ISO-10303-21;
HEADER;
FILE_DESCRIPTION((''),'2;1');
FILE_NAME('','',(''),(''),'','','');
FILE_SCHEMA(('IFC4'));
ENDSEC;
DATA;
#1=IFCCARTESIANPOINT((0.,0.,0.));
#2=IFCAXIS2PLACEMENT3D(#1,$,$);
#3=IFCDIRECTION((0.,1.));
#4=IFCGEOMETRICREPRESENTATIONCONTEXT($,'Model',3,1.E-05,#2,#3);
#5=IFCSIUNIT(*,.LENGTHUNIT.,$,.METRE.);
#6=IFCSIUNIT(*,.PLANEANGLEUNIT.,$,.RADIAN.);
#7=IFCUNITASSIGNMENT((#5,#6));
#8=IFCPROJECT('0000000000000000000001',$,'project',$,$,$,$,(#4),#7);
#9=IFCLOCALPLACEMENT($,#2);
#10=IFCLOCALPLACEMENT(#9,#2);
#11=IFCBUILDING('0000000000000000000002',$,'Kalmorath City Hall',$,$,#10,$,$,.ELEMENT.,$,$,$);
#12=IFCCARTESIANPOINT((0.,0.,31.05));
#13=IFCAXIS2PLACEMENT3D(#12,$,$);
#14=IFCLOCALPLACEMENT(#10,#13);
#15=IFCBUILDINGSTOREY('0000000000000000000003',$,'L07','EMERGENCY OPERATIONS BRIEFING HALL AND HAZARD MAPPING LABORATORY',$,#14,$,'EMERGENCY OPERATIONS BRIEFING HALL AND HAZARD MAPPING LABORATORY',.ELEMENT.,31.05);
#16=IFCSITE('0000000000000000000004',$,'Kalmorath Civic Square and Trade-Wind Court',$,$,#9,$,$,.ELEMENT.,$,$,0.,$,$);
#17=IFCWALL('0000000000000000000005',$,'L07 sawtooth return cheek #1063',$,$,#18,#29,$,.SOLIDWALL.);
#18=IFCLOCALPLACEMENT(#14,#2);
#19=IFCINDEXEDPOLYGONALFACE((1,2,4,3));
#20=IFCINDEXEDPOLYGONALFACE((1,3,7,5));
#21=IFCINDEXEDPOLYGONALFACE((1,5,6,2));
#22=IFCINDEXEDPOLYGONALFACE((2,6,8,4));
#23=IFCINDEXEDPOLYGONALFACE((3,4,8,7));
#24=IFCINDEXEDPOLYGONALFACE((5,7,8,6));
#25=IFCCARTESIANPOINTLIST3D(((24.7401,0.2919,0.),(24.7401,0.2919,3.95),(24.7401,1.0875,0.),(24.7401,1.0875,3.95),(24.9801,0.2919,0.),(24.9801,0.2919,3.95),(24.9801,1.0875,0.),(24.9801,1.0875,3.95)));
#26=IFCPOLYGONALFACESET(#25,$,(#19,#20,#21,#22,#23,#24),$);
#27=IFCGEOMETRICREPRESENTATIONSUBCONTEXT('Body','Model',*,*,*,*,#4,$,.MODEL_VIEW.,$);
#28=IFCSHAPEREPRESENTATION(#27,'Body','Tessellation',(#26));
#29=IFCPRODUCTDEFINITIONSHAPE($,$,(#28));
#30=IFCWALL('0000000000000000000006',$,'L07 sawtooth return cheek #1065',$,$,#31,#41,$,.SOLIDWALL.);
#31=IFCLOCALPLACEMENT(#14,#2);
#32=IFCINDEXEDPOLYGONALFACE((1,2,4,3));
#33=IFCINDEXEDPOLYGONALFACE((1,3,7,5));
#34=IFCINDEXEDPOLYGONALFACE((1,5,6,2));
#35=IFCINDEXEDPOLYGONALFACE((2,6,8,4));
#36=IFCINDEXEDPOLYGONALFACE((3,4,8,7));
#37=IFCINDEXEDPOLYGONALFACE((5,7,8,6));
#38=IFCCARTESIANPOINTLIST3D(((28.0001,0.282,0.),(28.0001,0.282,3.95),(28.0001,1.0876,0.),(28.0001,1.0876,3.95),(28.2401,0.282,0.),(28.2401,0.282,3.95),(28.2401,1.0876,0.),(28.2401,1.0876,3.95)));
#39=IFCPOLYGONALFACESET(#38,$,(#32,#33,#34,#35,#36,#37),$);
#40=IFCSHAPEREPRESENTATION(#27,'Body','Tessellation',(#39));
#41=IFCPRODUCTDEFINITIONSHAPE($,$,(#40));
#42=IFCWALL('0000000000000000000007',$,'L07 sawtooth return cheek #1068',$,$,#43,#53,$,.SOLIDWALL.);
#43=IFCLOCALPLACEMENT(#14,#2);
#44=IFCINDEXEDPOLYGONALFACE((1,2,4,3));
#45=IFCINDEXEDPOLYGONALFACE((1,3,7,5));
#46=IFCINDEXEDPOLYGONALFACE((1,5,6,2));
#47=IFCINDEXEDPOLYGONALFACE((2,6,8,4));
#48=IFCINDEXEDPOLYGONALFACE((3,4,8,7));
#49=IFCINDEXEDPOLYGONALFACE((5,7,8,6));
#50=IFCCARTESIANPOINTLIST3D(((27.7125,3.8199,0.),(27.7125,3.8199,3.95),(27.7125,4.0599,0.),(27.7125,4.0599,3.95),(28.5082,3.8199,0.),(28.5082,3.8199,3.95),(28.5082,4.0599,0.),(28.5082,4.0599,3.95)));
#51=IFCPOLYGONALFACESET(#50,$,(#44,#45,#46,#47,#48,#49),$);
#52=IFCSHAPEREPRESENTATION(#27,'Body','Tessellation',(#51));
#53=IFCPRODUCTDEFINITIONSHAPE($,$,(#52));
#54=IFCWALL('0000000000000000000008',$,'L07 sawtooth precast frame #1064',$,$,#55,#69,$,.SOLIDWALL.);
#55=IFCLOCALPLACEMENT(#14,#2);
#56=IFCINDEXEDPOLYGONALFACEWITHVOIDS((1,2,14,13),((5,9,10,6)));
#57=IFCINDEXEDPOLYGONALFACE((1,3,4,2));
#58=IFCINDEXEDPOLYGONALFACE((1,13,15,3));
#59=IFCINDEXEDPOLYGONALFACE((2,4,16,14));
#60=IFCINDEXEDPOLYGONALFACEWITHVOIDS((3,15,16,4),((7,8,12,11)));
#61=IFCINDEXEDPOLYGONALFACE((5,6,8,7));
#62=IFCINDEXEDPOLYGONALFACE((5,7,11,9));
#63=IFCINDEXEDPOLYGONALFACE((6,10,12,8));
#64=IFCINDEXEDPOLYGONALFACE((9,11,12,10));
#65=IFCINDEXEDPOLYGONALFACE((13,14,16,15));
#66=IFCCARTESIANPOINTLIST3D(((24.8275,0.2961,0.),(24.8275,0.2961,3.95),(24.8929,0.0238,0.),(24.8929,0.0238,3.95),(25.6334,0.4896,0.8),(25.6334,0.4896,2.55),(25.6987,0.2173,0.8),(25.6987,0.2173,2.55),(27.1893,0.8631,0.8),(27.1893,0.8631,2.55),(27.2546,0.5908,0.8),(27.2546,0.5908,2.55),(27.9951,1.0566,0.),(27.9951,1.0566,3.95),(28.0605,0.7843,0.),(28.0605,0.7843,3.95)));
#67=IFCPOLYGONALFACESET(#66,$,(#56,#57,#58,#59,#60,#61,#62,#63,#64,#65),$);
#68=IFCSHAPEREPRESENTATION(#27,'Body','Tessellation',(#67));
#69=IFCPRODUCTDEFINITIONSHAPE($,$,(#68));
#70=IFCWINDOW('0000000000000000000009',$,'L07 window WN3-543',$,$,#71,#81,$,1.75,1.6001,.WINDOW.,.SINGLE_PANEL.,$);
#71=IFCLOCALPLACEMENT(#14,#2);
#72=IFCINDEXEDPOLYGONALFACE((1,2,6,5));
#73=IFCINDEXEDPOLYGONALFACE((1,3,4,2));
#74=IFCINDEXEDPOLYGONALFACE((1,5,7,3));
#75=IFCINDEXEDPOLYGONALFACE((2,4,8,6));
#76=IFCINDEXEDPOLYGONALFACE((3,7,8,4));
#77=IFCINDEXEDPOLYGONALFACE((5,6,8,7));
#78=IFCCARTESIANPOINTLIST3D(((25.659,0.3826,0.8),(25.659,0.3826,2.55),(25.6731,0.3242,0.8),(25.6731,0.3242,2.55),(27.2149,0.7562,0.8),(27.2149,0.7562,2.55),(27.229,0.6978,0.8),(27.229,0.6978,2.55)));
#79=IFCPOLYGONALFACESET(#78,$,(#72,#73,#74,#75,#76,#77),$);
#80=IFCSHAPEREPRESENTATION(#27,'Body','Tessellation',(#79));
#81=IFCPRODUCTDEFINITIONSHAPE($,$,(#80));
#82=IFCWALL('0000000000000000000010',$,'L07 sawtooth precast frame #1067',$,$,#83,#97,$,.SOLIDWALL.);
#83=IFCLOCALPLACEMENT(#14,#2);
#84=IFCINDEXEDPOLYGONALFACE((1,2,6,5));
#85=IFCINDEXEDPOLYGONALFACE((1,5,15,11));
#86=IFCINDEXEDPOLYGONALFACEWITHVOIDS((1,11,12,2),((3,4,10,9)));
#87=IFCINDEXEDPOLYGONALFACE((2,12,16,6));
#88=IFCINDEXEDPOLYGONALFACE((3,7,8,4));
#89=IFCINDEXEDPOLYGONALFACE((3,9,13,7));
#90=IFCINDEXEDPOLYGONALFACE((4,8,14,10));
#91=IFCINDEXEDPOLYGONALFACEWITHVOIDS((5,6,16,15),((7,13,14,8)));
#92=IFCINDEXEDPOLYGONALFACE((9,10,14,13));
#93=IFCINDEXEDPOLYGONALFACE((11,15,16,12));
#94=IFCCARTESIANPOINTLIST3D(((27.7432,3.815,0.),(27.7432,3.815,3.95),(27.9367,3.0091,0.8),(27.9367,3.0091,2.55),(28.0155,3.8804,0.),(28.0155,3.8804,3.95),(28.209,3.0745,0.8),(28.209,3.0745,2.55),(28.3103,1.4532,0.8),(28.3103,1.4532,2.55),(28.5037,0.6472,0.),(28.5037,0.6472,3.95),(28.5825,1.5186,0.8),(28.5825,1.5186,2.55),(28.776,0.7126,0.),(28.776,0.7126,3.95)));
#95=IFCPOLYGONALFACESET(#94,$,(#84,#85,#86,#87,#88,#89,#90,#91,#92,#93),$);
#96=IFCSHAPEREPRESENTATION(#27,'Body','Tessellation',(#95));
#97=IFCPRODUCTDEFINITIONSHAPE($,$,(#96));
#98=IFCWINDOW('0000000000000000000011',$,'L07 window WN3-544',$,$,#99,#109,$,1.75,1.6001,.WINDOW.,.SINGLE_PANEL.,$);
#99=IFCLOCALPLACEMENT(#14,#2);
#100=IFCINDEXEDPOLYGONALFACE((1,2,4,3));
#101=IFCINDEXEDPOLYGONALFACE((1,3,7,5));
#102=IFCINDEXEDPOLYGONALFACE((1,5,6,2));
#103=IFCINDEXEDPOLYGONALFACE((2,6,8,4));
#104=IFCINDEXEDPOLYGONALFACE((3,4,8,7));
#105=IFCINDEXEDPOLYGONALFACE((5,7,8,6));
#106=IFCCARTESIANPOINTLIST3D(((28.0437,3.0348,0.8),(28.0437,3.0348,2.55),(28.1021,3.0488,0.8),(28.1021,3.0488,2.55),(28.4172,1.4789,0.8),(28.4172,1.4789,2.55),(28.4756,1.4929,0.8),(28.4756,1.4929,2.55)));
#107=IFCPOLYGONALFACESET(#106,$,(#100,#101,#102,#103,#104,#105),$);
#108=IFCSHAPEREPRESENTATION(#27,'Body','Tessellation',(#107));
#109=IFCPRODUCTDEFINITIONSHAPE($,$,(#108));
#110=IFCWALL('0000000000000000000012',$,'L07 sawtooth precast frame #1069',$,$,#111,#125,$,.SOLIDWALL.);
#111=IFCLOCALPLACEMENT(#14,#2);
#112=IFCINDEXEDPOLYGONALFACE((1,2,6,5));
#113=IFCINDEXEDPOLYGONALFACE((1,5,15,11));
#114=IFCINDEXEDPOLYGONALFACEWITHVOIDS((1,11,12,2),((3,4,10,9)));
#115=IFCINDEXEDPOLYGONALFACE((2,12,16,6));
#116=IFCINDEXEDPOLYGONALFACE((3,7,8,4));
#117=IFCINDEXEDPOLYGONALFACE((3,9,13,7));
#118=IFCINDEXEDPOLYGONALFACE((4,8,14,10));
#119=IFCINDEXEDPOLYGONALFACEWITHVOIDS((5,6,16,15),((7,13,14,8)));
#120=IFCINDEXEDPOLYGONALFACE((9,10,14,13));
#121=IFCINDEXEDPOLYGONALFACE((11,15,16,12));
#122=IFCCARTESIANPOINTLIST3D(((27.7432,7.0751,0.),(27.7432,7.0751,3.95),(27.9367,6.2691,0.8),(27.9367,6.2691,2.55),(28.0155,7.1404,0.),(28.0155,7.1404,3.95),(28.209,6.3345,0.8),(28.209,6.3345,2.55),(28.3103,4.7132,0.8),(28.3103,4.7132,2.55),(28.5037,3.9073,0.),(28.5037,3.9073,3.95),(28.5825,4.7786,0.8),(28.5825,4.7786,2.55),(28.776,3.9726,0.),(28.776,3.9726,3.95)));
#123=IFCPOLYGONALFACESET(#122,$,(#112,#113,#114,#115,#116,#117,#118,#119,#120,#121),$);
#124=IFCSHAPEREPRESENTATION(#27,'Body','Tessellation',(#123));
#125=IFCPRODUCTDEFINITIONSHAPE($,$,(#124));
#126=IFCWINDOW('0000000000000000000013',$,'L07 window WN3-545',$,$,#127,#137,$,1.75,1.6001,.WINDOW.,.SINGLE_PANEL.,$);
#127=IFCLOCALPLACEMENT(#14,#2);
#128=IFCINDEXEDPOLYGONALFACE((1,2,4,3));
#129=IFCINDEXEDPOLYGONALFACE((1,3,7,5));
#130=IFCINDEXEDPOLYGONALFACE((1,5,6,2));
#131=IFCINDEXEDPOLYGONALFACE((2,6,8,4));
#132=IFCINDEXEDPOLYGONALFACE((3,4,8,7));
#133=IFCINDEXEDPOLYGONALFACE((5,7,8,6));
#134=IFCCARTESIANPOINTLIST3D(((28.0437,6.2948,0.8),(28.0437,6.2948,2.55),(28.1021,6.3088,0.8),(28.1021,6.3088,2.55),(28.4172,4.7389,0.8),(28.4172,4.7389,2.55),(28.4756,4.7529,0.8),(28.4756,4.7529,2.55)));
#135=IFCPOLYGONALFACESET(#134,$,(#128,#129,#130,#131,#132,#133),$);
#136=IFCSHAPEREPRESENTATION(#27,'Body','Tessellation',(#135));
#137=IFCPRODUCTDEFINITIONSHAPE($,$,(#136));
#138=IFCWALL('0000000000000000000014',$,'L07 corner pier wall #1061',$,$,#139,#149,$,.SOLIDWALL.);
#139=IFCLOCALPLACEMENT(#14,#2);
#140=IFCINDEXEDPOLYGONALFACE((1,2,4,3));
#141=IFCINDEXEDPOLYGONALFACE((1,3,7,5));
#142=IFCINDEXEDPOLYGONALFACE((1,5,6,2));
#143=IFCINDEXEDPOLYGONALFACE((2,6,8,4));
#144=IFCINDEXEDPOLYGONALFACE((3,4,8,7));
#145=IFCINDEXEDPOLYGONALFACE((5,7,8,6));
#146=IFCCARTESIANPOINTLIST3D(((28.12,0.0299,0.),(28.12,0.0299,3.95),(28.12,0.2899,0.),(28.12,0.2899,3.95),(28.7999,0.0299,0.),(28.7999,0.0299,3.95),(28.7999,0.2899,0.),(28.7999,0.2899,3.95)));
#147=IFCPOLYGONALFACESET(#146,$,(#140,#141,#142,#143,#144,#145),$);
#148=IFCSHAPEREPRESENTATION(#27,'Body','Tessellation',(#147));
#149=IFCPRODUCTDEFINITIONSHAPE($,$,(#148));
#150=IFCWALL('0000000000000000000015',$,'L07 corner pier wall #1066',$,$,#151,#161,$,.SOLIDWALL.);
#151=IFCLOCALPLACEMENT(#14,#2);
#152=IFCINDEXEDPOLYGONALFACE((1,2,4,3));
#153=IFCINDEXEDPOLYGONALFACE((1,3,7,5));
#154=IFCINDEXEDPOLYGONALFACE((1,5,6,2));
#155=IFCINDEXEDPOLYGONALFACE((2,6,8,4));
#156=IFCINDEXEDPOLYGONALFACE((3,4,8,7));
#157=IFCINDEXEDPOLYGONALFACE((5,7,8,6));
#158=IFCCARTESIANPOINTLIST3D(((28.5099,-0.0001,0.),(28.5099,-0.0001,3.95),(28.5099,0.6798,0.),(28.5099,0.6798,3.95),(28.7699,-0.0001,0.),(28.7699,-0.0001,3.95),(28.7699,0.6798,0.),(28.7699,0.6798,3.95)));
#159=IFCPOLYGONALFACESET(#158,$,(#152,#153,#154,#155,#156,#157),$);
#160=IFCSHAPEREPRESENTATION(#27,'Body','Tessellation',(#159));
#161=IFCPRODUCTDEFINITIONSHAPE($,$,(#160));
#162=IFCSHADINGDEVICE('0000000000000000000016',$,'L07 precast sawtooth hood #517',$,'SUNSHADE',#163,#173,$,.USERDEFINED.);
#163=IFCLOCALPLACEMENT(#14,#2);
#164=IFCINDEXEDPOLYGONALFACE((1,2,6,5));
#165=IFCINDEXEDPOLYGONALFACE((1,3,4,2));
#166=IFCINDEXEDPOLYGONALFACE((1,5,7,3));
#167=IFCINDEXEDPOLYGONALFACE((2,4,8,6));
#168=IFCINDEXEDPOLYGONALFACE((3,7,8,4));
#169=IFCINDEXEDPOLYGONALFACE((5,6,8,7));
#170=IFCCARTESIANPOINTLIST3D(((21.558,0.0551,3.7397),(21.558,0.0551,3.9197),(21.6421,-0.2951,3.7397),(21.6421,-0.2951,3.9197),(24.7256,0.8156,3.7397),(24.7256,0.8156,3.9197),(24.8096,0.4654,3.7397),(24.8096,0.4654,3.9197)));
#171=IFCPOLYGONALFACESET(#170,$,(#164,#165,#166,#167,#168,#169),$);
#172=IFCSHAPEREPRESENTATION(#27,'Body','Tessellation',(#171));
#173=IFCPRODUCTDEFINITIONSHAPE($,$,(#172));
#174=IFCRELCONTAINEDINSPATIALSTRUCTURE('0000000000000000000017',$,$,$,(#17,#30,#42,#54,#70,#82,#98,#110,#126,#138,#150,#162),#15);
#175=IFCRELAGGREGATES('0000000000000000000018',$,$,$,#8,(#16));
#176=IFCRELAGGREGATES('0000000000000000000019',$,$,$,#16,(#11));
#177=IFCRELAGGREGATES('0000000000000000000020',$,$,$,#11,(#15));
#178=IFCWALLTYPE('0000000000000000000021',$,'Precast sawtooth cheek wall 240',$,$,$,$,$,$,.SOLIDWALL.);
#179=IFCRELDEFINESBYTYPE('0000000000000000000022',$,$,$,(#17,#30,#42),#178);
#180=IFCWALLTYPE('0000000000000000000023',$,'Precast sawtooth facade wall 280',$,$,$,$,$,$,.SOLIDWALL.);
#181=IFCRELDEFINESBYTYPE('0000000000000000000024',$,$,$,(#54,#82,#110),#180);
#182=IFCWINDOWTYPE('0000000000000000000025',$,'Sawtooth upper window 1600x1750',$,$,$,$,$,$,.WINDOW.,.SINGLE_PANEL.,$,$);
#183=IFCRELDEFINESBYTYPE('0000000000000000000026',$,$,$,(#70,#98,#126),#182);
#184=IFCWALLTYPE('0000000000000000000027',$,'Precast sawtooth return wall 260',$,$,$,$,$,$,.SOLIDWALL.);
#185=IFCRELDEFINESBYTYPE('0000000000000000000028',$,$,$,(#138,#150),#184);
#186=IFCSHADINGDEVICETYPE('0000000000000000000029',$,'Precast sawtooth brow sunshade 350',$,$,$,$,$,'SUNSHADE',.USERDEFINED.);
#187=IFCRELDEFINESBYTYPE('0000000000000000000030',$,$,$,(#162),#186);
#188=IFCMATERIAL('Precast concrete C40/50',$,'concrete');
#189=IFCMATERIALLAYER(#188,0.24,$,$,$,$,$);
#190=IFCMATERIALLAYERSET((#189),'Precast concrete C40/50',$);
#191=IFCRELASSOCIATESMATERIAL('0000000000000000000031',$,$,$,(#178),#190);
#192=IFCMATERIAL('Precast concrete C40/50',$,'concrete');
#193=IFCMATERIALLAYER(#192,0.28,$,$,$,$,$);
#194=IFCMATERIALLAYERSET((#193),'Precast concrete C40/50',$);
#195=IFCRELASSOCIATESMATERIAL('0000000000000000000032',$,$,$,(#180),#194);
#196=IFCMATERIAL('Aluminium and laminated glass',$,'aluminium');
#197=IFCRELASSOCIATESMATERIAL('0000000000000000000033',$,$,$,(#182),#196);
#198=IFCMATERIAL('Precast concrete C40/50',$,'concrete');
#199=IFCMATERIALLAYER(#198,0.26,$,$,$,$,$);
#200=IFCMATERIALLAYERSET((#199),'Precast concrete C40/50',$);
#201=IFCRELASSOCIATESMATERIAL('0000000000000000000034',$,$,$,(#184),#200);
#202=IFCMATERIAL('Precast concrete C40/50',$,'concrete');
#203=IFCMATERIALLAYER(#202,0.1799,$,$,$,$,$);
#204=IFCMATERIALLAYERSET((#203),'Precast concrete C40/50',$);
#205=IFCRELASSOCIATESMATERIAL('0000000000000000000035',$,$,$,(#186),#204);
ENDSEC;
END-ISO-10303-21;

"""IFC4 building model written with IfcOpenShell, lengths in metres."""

from ifc_helpers import new_model, si_unit, direction, frame, frame_2d, origin, origin_2d, place, context, subcontext, project, spatial, rectangle, extrude, material, layer, layer_set, type_object, element, fill, save


model = new_model("IFC4")

# Units and contexts
model_context = context("Model", 3, precision=1e-05, world=origin(), true_north=direction((0.0, 1.0)))
body_context = subcontext(model_context, "Body", "Model", "MODEL_VIEW")
ifc_project = project(units=[si_unit("LENGTHUNIT", "METRE"), si_unit("PLANEANGLEUNIT", "RADIAN")], contexts=[model_context])

# Site, building, storey
site_placement = place(None, origin())
site = spatial("IfcSite", under=ifc_project, at=site_placement, Name="Kalmorath Civic Square and Trade-Wind Court", CompositionType="ELEMENT", RefElevation=0.0)
building_placement = place(site_placement, origin())
building = spatial("IfcBuilding", under=site, at=building_placement, Name="Kalmorath City Hall", CompositionType="ELEMENT")
storey_placement = place(building_placement, frame((0.0, 0.0, 31.05)))
storey = spatial("IfcBuildingStorey", under=building, at=storey_placement, Name="L07", Description="EMERGENCY OPERATIONS BRIEFING HALL AND HAZARD MAPPING LABORATORY", LongName="EMERGENCY OPERATIONS BRIEFING HALL AND HAZARD MAPPING LABORATORY", CompositionType="ELEMENT", Elevation=31.05)

# Walls
ifc_material_1 = material(Name="Precast concrete C40/50", Category="concrete")
ifc_layer_1 = layer(ifc_material_1, 0.24)
ifc_layer_set_1 = layer_set([ifc_layer_1], Name="Precast concrete C40/50")
wall_type_1 = type_object("IfcWallType", Name="Precast sawtooth cheek wall 240", PredefinedType="SOLIDWALL", material=ifc_layer_set_1)
wall_1_placement = place(storey_placement, frame((24.8601, 1.0876, 0.0), z_axis=(0.0, 0.0, 1.0), x_axis=(0.0, -1.0, 0.0)))
element("IfcWall", 1, at=wall_1_placement, inside=storey, type_object=wall_type_1, Name="L07 sawtooth return cheek #1063", PredefinedType="SOLIDWALL", context=body_context, shape_type="SweptSolid", body=[
    extrude(rectangle(XDim=0.7957, YDim=0.24, at=frame_2d((0.3979, 0.0))), origin(), (0.0, 0.0, 1.0), 3.95),
])
wall_2_placement = place(storey_placement, frame((28.1201, 1.0876, 0.0), z_axis=(0.0, 0.0, 1.0), x_axis=(0.0, -1.0, 0.0)))
element("IfcWall", 2, at=wall_2_placement, inside=storey, type_object=wall_type_1, Name="L07 sawtooth return cheek #1065", PredefinedType="SOLIDWALL", context=body_context, shape_type="SweptSolid", body=[
    extrude(rectangle(XDim=0.8057, YDim=0.24, at=frame_2d((0.4028, 0.0))), origin(), (0.0, 0.0, 1.0), 3.95),
])
wall_3_placement = place(storey_placement, frame((27.7124, 3.9399, 0.0), z_axis=(0.0, 0.0, 1.0), x_axis=(1.0, 0.0, 0.0)))
element("IfcWall", 3, at=wall_3_placement, inside=storey, type_object=wall_type_1, Name="L07 sawtooth return cheek #1068", PredefinedType="SOLIDWALL", context=body_context, shape_type="SweptSolid", body=[
    extrude(rectangle(XDim=0.7957, YDim=0.24, at=frame_2d((0.3979, 0.0))), origin(), (0.0, 0.0, 1.0), 3.95),
])

# Walls, openings, windows
ifc_material_2 = material(Name="Precast concrete C40/50", Category="concrete")
ifc_layer_2 = layer(ifc_material_2, 0.28)
ifc_layer_set_2 = layer_set([ifc_layer_2], Name="Precast concrete C40/50")
wall_type_2 = type_object("IfcWallType", Name="Precast sawtooth facade wall 280", PredefinedType="SOLIDWALL", material=ifc_layer_set_2)
wall_4_placement = place(storey_placement, frame((24.8601, 0.1599, 0.0), z_axis=(0.0, 0.0, 1.0), x_axis=(0.972366, 0.233461, 0.0)))
wall_4 = element("IfcWall", 4, at=wall_4_placement, inside=storey, type_object=wall_type_2, Name="L07 sawtooth precast frame #1064", PredefinedType="SOLIDWALL", context=body_context, shape_type="SweptSolid", body=[
    extrude(rectangle(XDim=3.2576, YDim=0.28, at=frame_2d((1.6289, 0.0))), origin(), (0.0, 0.0, 1.0), 3.95),
])
opening_1_placement = place(wall_4_placement, frame((0.8289, 0.0, 0.8)))
opening_1 = element("IfcOpeningElement", 5, at=opening_1_placement, cuts=wall_4, PredefinedType="OPENING", context=body_context, shape_type="SweptSolid", body=[
    extrude(rectangle(XDim=1.6001, YDim=1.75, at=frame_2d((0.8, 0.875))), frame((0.0, 0.1499, 0.0), z_axis=(0.0, -1.0, 0.0), x_axis=(1.0, 0.0, 0.0)), (0.0, 0.0, 1.0), 0.3),
])
ifc_material_3 = material(Name="Aluminium and laminated glass", Category="aluminium")
window_type = type_object("IfcWindowType", Name="Sawtooth upper window 1600x1750", PartitioningType="SINGLE_PANEL", PredefinedType="WINDOW", material=ifc_material_3)
window_1_placement = place(opening_1_placement, origin())
window_1 = element("IfcWindow", 6, at=window_1_placement, inside=storey, type_object=window_type, Name="L07 window WN3-543", OverallHeight=1.75, OverallWidth=1.6001, PartitioningType="SINGLE_PANEL", PredefinedType="WINDOW", context=body_context, shape_type="SweptSolid", body=[
    extrude(rectangle(XDim=1.6001, YDim=1.75, at=frame_2d((0.8, 0.875))), frame((0.0, 0.03, 0.0), z_axis=(0.0, -1.0, 0.0), x_axis=(1.0, 0.0, 0.0)), (0.0, 0.0, 1.0), 0.0601),
])
fill(opening_1, window_1)
wall_5_placement = place(storey_placement, frame((28.6399, 0.6799, 0.0), z_axis=(0.0, 0.0, 1.0), x_axis=(-0.233444, 0.97237, 0.0)))
wall_5 = element("IfcWall", 7, at=wall_5_placement, inside=storey, type_object=wall_type_2, Name="L07 sawtooth precast frame #1067", PredefinedType="SOLIDWALL", context=body_context, shape_type="SweptSolid", body=[
    extrude(rectangle(XDim=3.2578, YDim=0.28, at=frame_2d((1.6289, 0.0))), origin(), (0.0, 0.0, 1.0), 3.95),
])
opening_2_placement = place(wall_5_placement, frame((0.8289, 0.0, 0.8)))
opening_2 = element("IfcOpeningElement", 8, at=opening_2_placement, cuts=wall_5, PredefinedType="OPENING", context=body_context, shape_type="SweptSolid", body=[
    extrude(rectangle(XDim=1.6001, YDim=1.75, at=frame_2d((0.8, 0.875))), frame((0.0, 0.1499, 0.0), z_axis=(0.0, -1.0, 0.0), x_axis=(1.0, 0.0, 0.0)), (0.0, 0.0, 1.0), 0.3),
])
window_2_placement = place(opening_2_placement, origin())
window_2 = element("IfcWindow", 9, at=window_2_placement, inside=storey, type_object=window_type, Name="L07 window WN3-544", OverallHeight=1.75, OverallWidth=1.6001, PartitioningType="SINGLE_PANEL", PredefinedType="WINDOW", context=body_context, shape_type="SweptSolid", body=[
    extrude(rectangle(XDim=1.6001, YDim=1.75, at=frame_2d((0.8, 0.875))), frame((0.0, 0.03, 0.0), z_axis=(0.0, -1.0, 0.0), x_axis=(1.0, 0.0, 0.0)), (0.0, 0.0, 1.0), 0.0601),
])
fill(opening_2, window_2)
wall_6_placement = place(storey_placement, frame((28.6399, 3.9399, 0.0), z_axis=(0.0, 0.0, 1.0), x_axis=(-0.233444, 0.97237, 0.0)))
wall_6 = element("IfcWall", 10, at=wall_6_placement, inside=storey, type_object=wall_type_2, Name="L07 sawtooth precast frame #1069", PredefinedType="SOLIDWALL", context=body_context, shape_type="SweptSolid", body=[
    extrude(rectangle(XDim=3.2578, YDim=0.28, at=frame_2d((1.6289, 0.0))), origin(), (0.0, 0.0, 1.0), 3.95),
])
opening_3_placement = place(wall_6_placement, frame((0.8289, 0.0, 0.8)))
opening_3 = element("IfcOpeningElement", 11, at=opening_3_placement, cuts=wall_6, PredefinedType="OPENING", context=body_context, shape_type="SweptSolid", body=[
    extrude(rectangle(XDim=1.6001, YDim=1.75, at=frame_2d((0.8, 0.875))), frame((0.0, 0.1499, 0.0), z_axis=(0.0, -1.0, 0.0), x_axis=(1.0, 0.0, 0.0)), (0.0, 0.0, 1.0), 0.3),
])
window_3_placement = place(opening_3_placement, origin())
window_3 = element("IfcWindow", 12, at=window_3_placement, inside=storey, type_object=window_type, Name="L07 window WN3-545", OverallHeight=1.75, OverallWidth=1.6001, PartitioningType="SINGLE_PANEL", PredefinedType="WINDOW", context=body_context, shape_type="SweptSolid", body=[
    extrude(rectangle(XDim=1.6001, YDim=1.75, at=frame_2d((0.8, 0.875))), frame((0.0, 0.03, 0.0), z_axis=(0.0, -1.0, 0.0), x_axis=(1.0, 0.0, 0.0)), (0.0, 0.0, 1.0), 0.0601),
])
fill(opening_3, window_3)

# Walls
ifc_material_4 = material(Name="Precast concrete C40/50", Category="concrete")
ifc_layer_3 = layer(ifc_material_4, 0.26)
ifc_layer_set_3 = layer_set([ifc_layer_3], Name="Precast concrete C40/50")
wall_type_3 = type_object("IfcWallType", Name="Precast sawtooth return wall 260", PredefinedType="SOLIDWALL", material=ifc_layer_set_3)
for number, where, z_axis, x_axis, name in (
    (13, (28.1201, 0.1599, 0.0), (0.0, 0.0, 1.0), (1.0, 0.0, 0.0), "L07 corner pier wall #1061"),
    (14, (28.6399, 0.0, 0.0), (0.0, 0.0, 1.0), (0.0, 1.0, 0.0), "L07 corner pier wall #1066"),
):
    element("IfcWall", number, at=place(storey_placement, frame(where, z_axis=z_axis, x_axis=x_axis)), inside=storey, type_object=wall_type_3, Name=name, PredefinedType="SOLIDWALL", context=body_context, shape_type="SweptSolid", body=[
        extrude(rectangle(XDim=0.6799, YDim=0.26, at=frame_2d((0.3398, 0.0))), origin(), (0.0, 0.0, 1.0), 3.95),
    ])

# Shading device
ifc_material_5 = material(Name="Precast concrete C40/50", Category="concrete")
ifc_layer_4 = layer(ifc_material_5, 0.1799)
ifc_layer_set_4 = layer_set([ifc_layer_4], Name="Precast concrete C40/50")
shading_device_type = type_object("IfcShadingDeviceType", Name="Precast sawtooth brow sunshade 350", ElementType="SUNSHADE", PredefinedType="USERDEFINED", material=ifc_layer_set_4)
for number, where, z_axis, x_axis, name in (
    (15, (23.1838, 0.2603, 3.7397), (0.0, 0.0, 1.0), (0.972366, 0.233462, 0.0), "L07 precast sawtooth hood #517"),
):
    element("IfcShadingDevice", number, at=place(storey_placement, frame(where, z_axis=z_axis, x_axis=x_axis)), inside=storey, type_object=shading_device_type, Name=name, ObjectType="SUNSHADE", PredefinedType="USERDEFINED", context=body_context, shape_type="SweptSolid", body=[
        extrude(rectangle(XDim=3.2576, YDim=0.3601, at=origin_2d()), origin(), (0.0, 0.0, 1.0), 0.1799),
    ])

save(model, "model.ifc")
